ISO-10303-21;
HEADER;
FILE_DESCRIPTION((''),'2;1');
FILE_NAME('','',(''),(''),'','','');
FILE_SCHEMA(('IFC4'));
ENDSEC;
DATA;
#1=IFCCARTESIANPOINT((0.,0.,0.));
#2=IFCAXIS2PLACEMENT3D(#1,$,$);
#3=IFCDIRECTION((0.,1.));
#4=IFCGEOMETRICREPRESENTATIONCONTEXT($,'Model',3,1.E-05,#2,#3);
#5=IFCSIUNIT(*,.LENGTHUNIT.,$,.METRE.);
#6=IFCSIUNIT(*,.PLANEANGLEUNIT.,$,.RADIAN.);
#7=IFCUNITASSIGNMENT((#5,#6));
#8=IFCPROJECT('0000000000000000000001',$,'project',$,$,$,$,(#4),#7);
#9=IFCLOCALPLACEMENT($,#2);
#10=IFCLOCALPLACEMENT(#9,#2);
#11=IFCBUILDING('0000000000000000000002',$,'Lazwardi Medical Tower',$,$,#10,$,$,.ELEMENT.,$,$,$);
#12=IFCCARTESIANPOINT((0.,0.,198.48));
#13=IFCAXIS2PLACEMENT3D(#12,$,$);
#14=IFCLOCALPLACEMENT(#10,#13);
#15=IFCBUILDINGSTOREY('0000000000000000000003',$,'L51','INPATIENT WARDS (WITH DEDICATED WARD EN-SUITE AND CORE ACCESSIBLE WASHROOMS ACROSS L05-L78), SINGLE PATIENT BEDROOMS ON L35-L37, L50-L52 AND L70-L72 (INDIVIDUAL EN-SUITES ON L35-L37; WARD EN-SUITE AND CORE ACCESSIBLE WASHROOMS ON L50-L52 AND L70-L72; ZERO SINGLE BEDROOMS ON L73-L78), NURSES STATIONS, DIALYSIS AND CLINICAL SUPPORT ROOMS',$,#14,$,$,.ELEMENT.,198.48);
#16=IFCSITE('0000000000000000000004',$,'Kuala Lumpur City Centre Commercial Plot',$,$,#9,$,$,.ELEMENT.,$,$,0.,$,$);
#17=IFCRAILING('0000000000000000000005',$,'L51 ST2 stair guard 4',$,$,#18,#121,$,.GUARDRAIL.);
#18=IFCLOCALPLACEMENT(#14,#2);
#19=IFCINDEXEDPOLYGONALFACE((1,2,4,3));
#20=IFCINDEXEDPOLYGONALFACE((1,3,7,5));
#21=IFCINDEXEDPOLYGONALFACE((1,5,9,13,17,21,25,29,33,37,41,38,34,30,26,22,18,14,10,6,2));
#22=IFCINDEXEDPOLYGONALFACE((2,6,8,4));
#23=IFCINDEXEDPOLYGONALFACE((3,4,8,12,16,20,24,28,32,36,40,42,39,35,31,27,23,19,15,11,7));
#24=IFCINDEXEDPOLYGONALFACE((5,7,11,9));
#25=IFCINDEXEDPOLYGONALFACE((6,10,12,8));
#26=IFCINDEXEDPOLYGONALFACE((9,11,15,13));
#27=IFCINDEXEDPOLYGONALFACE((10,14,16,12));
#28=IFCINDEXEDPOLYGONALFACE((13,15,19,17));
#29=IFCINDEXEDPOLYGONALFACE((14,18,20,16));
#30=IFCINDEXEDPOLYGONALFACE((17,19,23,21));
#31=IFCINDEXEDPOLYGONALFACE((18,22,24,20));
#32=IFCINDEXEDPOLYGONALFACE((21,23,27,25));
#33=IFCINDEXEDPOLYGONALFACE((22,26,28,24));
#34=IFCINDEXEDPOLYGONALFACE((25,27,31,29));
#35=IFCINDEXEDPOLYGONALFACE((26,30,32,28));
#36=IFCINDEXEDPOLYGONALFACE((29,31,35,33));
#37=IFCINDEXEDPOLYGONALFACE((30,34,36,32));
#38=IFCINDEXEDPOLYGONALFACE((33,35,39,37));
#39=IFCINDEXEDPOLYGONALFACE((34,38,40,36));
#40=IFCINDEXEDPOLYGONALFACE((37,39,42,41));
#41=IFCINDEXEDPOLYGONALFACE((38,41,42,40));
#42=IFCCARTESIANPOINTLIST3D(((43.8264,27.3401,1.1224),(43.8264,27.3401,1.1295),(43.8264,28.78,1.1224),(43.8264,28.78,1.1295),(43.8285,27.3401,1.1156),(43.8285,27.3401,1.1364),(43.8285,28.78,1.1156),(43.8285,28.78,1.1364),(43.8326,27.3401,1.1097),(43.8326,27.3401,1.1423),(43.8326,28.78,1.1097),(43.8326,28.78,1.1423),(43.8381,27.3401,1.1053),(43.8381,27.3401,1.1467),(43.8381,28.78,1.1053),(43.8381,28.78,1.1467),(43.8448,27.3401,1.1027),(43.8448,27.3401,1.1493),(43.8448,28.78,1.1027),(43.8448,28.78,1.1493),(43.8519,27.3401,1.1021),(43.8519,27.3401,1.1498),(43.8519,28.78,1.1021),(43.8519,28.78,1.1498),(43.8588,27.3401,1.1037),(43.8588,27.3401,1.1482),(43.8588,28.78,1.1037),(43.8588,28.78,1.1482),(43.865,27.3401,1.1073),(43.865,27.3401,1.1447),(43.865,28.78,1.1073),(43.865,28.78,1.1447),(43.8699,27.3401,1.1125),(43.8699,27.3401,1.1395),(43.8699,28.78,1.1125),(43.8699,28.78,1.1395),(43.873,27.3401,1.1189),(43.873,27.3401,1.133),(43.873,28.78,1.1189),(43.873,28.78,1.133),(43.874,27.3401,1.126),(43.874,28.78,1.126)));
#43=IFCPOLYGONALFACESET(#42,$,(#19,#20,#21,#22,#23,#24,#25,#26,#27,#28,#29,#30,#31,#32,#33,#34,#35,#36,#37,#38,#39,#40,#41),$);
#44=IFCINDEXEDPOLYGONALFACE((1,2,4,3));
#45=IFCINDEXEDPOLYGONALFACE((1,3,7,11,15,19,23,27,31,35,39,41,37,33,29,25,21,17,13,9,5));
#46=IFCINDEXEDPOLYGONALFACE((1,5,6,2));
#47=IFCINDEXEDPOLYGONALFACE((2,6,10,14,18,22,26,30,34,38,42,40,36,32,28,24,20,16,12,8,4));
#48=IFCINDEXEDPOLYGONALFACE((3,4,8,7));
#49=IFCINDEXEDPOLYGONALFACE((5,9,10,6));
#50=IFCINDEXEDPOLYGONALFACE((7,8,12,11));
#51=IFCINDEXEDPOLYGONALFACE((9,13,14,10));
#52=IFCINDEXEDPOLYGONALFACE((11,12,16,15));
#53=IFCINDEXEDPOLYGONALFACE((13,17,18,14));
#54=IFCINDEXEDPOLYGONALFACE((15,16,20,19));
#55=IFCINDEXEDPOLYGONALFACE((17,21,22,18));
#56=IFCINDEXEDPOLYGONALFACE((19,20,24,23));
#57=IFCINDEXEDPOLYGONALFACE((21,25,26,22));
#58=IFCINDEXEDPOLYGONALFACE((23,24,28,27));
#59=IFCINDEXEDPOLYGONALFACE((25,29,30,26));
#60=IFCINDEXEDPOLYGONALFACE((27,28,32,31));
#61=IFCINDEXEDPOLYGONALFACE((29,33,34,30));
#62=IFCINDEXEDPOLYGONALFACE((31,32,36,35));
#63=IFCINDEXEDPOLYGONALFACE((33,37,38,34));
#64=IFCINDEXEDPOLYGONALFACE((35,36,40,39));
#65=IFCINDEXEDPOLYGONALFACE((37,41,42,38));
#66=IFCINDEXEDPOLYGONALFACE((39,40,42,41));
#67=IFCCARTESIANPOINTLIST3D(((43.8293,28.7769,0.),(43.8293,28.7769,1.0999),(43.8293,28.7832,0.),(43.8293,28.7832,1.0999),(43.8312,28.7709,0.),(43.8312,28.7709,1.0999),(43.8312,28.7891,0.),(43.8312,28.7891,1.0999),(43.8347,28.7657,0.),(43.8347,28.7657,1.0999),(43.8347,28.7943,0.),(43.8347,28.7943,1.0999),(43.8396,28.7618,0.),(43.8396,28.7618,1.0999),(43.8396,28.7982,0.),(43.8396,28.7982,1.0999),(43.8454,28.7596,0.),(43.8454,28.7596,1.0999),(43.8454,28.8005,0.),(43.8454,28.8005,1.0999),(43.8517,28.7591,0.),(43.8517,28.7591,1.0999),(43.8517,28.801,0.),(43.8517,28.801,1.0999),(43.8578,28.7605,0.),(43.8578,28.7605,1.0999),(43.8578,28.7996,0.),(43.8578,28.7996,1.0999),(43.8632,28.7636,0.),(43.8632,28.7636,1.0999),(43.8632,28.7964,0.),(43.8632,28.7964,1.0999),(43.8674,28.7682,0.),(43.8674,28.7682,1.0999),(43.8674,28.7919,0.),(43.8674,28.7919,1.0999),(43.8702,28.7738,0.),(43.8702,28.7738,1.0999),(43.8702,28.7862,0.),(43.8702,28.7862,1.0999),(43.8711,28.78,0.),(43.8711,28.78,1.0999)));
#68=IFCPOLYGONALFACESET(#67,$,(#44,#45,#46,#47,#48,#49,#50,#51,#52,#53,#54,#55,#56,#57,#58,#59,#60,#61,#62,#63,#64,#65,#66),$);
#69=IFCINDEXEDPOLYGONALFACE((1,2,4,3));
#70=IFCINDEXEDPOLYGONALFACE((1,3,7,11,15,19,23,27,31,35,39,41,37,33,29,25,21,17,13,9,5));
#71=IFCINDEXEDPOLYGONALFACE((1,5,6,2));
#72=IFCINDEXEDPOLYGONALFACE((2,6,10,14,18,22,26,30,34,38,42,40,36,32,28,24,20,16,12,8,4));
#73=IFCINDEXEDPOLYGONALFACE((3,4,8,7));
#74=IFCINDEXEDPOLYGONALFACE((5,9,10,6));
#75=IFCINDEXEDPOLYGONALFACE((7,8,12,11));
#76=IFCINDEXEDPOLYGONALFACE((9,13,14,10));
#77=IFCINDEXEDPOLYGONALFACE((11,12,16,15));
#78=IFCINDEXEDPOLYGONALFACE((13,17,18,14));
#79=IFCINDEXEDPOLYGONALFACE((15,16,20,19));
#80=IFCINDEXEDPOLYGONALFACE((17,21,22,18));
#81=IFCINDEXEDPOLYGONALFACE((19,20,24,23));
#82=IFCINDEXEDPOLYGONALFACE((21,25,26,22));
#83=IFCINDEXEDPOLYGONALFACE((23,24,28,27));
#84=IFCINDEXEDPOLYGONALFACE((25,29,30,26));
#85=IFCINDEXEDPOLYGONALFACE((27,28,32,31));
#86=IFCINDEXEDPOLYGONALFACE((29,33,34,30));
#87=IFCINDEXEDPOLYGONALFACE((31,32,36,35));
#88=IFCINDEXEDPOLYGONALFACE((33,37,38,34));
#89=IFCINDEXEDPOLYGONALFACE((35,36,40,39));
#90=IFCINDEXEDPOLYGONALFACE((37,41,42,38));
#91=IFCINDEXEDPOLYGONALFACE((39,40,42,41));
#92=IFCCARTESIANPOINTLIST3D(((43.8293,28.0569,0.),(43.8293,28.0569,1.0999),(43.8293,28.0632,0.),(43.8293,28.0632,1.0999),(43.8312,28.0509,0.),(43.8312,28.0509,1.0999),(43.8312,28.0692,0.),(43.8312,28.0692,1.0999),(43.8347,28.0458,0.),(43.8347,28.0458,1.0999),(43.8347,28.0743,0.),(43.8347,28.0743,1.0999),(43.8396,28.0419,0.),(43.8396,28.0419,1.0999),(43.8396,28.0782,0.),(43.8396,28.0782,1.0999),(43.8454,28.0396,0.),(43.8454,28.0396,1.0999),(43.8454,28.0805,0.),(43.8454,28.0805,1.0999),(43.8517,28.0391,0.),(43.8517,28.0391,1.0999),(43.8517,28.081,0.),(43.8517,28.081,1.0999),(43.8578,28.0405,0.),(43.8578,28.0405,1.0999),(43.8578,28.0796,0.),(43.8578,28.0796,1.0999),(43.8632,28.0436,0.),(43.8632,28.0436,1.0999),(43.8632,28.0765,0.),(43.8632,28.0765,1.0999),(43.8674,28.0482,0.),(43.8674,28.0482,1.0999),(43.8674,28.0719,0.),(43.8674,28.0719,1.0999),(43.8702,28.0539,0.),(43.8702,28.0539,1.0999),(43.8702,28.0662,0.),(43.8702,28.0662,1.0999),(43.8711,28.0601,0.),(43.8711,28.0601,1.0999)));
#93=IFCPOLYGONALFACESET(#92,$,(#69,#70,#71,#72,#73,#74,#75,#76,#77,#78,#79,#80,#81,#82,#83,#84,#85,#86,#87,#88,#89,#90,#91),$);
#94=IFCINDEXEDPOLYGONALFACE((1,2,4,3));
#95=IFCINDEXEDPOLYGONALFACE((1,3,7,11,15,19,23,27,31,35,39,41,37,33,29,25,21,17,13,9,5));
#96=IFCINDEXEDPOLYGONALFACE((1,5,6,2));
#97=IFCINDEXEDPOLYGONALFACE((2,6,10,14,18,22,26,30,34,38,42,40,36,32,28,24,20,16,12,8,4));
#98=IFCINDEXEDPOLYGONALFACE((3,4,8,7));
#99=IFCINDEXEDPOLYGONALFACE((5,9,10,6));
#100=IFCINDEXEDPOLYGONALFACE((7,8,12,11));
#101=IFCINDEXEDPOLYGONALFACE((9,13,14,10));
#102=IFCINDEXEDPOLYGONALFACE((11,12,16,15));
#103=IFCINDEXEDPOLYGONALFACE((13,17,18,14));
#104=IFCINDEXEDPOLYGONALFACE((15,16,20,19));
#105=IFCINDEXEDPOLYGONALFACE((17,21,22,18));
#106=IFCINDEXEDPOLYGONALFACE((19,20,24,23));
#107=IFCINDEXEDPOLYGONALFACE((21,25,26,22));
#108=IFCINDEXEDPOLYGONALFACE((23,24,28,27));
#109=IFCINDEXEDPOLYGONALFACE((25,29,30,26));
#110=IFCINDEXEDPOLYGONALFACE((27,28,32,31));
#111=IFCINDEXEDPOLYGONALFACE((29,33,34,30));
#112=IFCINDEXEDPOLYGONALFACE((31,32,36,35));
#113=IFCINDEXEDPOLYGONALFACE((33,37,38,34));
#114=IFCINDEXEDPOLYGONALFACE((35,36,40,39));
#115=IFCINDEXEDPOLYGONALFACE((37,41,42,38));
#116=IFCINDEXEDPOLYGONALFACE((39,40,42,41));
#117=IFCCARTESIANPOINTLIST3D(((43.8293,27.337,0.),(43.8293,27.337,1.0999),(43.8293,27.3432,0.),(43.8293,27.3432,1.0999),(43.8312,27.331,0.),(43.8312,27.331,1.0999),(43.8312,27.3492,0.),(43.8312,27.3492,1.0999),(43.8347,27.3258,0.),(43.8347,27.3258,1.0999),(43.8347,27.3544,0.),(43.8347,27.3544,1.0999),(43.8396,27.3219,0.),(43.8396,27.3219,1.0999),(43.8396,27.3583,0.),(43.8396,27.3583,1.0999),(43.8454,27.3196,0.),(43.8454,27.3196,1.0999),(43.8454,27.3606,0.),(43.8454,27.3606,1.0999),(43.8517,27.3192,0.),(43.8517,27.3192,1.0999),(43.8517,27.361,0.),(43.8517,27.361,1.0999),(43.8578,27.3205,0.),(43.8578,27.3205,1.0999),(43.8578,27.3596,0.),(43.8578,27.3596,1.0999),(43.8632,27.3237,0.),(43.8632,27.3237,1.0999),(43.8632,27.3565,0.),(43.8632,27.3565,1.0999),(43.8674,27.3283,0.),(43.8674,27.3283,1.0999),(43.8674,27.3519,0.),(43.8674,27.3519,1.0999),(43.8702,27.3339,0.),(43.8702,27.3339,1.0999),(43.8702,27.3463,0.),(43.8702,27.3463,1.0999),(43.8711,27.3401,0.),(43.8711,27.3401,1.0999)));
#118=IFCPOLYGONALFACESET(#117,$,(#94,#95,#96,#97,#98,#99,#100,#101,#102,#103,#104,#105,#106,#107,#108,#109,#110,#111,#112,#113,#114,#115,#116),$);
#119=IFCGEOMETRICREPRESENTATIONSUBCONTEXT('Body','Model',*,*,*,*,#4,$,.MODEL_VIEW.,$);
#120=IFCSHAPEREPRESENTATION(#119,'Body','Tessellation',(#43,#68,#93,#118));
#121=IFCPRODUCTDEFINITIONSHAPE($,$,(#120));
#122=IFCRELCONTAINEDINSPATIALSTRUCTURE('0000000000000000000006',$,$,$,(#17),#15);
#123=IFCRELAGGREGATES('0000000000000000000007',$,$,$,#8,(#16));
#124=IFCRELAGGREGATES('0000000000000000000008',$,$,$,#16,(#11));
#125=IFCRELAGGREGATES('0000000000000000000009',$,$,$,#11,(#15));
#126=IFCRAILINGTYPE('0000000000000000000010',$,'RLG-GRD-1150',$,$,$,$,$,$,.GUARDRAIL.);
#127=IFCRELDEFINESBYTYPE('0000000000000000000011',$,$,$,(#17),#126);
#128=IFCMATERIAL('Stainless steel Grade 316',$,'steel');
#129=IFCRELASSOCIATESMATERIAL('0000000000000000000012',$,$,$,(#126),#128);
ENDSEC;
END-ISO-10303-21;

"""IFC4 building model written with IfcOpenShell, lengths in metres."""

from ifc_helpers import new_model, si_unit, direction, frame, origin, origin_2d, place, context, subcontext, project, spatial, circle, extrude, material, type_object, element, save


model = new_model("IFC4")

# Units and contexts
model_context = context("Model", 3, precision=1e-05, world=origin(), true_north=direction((0.0, 1.0)))
body_context = subcontext(model_context, "Body", "Model", "MODEL_VIEW")
ifc_project = project(units=[si_unit("LENGTHUNIT", "METRE"), si_unit("PLANEANGLEUNIT", "RADIAN")], contexts=[model_context])

# Site, building, storey
site_placement = place(None, origin())
site = spatial("IfcSite", under=ifc_project, at=site_placement, Name="Kuala Lumpur City Centre Commercial Plot", CompositionType="ELEMENT", RefElevation=0.0)
building_placement = place(site_placement, origin())
building = spatial("IfcBuilding", under=site, at=building_placement, Name="Lazwardi Medical Tower", CompositionType="ELEMENT")
storey_placement = place(building_placement, frame((0.0, 0.0, 198.48)))
storey = spatial("IfcBuildingStorey", under=building, at=storey_placement, Name="L51", Description="INPATIENT WARDS (WITH DEDICATED WARD EN-SUITE AND CORE ACCESSIBLE WASHROOMS ACROSS L05-L78), SINGLE PATIENT BEDROOMS ON L35-L37, L50-L52 AND L70-L72 (INDIVIDUAL EN-SUITES ON L35-L37; WARD EN-SUITE AND CORE ACCESSIBLE WASHROOMS ON L50-L52 AND L70-L72; ZERO SINGLE BEDROOMS ON L73-L78), NURSES STATIONS, DIALYSIS AND CLINICAL SUPPORT ROOMS", CompositionType="ELEMENT", Elevation=198.48)

# Railing
ifc_material_1 = material(Name="Stainless steel Grade 316", Category="steel")
railing_type_1 = type_object("IfcRailingType", Name="RLG-GRD-1150", PredefinedType="GUARDRAIL", material=ifc_material_1)
railing_1_placement = place(storey_placement, frame((43.8501, 28.78, 0.0)))
element("IfcRailing", 1, at=railing_1_placement, inside=storey, type_object=railing_type_1, Name="L51 ST2 stair guard 4", PredefinedType="GUARDRAIL", context=body_context, shape_type="SweptSolid", body=[
    extrude(circle(Radius=0.0239, at=origin_2d()), frame((0.0, 0.0, 1.126), z_axis=(0.0, -1.0, 0.0), x_axis=(1.0, 0.0, 0.0)), (0.0, 0.0, 1.0), 1.4399),
    extrude(circle(Radius=0.021, at=origin_2d()), origin(), (0.0, 0.0, 1.0), 1.0999),
    extrude(circle(Radius=0.021, at=origin_2d()), frame((0.0, -0.72, 0.0)), (0.0, 0.0, 1.0), 1.0999),
    extrude(circle(Radius=0.021, at=origin_2d()), frame((0.0, -1.4399, 0.0)), (0.0, 0.0, 1.0), 1.0999),
])

save(model, "model.ifc")
